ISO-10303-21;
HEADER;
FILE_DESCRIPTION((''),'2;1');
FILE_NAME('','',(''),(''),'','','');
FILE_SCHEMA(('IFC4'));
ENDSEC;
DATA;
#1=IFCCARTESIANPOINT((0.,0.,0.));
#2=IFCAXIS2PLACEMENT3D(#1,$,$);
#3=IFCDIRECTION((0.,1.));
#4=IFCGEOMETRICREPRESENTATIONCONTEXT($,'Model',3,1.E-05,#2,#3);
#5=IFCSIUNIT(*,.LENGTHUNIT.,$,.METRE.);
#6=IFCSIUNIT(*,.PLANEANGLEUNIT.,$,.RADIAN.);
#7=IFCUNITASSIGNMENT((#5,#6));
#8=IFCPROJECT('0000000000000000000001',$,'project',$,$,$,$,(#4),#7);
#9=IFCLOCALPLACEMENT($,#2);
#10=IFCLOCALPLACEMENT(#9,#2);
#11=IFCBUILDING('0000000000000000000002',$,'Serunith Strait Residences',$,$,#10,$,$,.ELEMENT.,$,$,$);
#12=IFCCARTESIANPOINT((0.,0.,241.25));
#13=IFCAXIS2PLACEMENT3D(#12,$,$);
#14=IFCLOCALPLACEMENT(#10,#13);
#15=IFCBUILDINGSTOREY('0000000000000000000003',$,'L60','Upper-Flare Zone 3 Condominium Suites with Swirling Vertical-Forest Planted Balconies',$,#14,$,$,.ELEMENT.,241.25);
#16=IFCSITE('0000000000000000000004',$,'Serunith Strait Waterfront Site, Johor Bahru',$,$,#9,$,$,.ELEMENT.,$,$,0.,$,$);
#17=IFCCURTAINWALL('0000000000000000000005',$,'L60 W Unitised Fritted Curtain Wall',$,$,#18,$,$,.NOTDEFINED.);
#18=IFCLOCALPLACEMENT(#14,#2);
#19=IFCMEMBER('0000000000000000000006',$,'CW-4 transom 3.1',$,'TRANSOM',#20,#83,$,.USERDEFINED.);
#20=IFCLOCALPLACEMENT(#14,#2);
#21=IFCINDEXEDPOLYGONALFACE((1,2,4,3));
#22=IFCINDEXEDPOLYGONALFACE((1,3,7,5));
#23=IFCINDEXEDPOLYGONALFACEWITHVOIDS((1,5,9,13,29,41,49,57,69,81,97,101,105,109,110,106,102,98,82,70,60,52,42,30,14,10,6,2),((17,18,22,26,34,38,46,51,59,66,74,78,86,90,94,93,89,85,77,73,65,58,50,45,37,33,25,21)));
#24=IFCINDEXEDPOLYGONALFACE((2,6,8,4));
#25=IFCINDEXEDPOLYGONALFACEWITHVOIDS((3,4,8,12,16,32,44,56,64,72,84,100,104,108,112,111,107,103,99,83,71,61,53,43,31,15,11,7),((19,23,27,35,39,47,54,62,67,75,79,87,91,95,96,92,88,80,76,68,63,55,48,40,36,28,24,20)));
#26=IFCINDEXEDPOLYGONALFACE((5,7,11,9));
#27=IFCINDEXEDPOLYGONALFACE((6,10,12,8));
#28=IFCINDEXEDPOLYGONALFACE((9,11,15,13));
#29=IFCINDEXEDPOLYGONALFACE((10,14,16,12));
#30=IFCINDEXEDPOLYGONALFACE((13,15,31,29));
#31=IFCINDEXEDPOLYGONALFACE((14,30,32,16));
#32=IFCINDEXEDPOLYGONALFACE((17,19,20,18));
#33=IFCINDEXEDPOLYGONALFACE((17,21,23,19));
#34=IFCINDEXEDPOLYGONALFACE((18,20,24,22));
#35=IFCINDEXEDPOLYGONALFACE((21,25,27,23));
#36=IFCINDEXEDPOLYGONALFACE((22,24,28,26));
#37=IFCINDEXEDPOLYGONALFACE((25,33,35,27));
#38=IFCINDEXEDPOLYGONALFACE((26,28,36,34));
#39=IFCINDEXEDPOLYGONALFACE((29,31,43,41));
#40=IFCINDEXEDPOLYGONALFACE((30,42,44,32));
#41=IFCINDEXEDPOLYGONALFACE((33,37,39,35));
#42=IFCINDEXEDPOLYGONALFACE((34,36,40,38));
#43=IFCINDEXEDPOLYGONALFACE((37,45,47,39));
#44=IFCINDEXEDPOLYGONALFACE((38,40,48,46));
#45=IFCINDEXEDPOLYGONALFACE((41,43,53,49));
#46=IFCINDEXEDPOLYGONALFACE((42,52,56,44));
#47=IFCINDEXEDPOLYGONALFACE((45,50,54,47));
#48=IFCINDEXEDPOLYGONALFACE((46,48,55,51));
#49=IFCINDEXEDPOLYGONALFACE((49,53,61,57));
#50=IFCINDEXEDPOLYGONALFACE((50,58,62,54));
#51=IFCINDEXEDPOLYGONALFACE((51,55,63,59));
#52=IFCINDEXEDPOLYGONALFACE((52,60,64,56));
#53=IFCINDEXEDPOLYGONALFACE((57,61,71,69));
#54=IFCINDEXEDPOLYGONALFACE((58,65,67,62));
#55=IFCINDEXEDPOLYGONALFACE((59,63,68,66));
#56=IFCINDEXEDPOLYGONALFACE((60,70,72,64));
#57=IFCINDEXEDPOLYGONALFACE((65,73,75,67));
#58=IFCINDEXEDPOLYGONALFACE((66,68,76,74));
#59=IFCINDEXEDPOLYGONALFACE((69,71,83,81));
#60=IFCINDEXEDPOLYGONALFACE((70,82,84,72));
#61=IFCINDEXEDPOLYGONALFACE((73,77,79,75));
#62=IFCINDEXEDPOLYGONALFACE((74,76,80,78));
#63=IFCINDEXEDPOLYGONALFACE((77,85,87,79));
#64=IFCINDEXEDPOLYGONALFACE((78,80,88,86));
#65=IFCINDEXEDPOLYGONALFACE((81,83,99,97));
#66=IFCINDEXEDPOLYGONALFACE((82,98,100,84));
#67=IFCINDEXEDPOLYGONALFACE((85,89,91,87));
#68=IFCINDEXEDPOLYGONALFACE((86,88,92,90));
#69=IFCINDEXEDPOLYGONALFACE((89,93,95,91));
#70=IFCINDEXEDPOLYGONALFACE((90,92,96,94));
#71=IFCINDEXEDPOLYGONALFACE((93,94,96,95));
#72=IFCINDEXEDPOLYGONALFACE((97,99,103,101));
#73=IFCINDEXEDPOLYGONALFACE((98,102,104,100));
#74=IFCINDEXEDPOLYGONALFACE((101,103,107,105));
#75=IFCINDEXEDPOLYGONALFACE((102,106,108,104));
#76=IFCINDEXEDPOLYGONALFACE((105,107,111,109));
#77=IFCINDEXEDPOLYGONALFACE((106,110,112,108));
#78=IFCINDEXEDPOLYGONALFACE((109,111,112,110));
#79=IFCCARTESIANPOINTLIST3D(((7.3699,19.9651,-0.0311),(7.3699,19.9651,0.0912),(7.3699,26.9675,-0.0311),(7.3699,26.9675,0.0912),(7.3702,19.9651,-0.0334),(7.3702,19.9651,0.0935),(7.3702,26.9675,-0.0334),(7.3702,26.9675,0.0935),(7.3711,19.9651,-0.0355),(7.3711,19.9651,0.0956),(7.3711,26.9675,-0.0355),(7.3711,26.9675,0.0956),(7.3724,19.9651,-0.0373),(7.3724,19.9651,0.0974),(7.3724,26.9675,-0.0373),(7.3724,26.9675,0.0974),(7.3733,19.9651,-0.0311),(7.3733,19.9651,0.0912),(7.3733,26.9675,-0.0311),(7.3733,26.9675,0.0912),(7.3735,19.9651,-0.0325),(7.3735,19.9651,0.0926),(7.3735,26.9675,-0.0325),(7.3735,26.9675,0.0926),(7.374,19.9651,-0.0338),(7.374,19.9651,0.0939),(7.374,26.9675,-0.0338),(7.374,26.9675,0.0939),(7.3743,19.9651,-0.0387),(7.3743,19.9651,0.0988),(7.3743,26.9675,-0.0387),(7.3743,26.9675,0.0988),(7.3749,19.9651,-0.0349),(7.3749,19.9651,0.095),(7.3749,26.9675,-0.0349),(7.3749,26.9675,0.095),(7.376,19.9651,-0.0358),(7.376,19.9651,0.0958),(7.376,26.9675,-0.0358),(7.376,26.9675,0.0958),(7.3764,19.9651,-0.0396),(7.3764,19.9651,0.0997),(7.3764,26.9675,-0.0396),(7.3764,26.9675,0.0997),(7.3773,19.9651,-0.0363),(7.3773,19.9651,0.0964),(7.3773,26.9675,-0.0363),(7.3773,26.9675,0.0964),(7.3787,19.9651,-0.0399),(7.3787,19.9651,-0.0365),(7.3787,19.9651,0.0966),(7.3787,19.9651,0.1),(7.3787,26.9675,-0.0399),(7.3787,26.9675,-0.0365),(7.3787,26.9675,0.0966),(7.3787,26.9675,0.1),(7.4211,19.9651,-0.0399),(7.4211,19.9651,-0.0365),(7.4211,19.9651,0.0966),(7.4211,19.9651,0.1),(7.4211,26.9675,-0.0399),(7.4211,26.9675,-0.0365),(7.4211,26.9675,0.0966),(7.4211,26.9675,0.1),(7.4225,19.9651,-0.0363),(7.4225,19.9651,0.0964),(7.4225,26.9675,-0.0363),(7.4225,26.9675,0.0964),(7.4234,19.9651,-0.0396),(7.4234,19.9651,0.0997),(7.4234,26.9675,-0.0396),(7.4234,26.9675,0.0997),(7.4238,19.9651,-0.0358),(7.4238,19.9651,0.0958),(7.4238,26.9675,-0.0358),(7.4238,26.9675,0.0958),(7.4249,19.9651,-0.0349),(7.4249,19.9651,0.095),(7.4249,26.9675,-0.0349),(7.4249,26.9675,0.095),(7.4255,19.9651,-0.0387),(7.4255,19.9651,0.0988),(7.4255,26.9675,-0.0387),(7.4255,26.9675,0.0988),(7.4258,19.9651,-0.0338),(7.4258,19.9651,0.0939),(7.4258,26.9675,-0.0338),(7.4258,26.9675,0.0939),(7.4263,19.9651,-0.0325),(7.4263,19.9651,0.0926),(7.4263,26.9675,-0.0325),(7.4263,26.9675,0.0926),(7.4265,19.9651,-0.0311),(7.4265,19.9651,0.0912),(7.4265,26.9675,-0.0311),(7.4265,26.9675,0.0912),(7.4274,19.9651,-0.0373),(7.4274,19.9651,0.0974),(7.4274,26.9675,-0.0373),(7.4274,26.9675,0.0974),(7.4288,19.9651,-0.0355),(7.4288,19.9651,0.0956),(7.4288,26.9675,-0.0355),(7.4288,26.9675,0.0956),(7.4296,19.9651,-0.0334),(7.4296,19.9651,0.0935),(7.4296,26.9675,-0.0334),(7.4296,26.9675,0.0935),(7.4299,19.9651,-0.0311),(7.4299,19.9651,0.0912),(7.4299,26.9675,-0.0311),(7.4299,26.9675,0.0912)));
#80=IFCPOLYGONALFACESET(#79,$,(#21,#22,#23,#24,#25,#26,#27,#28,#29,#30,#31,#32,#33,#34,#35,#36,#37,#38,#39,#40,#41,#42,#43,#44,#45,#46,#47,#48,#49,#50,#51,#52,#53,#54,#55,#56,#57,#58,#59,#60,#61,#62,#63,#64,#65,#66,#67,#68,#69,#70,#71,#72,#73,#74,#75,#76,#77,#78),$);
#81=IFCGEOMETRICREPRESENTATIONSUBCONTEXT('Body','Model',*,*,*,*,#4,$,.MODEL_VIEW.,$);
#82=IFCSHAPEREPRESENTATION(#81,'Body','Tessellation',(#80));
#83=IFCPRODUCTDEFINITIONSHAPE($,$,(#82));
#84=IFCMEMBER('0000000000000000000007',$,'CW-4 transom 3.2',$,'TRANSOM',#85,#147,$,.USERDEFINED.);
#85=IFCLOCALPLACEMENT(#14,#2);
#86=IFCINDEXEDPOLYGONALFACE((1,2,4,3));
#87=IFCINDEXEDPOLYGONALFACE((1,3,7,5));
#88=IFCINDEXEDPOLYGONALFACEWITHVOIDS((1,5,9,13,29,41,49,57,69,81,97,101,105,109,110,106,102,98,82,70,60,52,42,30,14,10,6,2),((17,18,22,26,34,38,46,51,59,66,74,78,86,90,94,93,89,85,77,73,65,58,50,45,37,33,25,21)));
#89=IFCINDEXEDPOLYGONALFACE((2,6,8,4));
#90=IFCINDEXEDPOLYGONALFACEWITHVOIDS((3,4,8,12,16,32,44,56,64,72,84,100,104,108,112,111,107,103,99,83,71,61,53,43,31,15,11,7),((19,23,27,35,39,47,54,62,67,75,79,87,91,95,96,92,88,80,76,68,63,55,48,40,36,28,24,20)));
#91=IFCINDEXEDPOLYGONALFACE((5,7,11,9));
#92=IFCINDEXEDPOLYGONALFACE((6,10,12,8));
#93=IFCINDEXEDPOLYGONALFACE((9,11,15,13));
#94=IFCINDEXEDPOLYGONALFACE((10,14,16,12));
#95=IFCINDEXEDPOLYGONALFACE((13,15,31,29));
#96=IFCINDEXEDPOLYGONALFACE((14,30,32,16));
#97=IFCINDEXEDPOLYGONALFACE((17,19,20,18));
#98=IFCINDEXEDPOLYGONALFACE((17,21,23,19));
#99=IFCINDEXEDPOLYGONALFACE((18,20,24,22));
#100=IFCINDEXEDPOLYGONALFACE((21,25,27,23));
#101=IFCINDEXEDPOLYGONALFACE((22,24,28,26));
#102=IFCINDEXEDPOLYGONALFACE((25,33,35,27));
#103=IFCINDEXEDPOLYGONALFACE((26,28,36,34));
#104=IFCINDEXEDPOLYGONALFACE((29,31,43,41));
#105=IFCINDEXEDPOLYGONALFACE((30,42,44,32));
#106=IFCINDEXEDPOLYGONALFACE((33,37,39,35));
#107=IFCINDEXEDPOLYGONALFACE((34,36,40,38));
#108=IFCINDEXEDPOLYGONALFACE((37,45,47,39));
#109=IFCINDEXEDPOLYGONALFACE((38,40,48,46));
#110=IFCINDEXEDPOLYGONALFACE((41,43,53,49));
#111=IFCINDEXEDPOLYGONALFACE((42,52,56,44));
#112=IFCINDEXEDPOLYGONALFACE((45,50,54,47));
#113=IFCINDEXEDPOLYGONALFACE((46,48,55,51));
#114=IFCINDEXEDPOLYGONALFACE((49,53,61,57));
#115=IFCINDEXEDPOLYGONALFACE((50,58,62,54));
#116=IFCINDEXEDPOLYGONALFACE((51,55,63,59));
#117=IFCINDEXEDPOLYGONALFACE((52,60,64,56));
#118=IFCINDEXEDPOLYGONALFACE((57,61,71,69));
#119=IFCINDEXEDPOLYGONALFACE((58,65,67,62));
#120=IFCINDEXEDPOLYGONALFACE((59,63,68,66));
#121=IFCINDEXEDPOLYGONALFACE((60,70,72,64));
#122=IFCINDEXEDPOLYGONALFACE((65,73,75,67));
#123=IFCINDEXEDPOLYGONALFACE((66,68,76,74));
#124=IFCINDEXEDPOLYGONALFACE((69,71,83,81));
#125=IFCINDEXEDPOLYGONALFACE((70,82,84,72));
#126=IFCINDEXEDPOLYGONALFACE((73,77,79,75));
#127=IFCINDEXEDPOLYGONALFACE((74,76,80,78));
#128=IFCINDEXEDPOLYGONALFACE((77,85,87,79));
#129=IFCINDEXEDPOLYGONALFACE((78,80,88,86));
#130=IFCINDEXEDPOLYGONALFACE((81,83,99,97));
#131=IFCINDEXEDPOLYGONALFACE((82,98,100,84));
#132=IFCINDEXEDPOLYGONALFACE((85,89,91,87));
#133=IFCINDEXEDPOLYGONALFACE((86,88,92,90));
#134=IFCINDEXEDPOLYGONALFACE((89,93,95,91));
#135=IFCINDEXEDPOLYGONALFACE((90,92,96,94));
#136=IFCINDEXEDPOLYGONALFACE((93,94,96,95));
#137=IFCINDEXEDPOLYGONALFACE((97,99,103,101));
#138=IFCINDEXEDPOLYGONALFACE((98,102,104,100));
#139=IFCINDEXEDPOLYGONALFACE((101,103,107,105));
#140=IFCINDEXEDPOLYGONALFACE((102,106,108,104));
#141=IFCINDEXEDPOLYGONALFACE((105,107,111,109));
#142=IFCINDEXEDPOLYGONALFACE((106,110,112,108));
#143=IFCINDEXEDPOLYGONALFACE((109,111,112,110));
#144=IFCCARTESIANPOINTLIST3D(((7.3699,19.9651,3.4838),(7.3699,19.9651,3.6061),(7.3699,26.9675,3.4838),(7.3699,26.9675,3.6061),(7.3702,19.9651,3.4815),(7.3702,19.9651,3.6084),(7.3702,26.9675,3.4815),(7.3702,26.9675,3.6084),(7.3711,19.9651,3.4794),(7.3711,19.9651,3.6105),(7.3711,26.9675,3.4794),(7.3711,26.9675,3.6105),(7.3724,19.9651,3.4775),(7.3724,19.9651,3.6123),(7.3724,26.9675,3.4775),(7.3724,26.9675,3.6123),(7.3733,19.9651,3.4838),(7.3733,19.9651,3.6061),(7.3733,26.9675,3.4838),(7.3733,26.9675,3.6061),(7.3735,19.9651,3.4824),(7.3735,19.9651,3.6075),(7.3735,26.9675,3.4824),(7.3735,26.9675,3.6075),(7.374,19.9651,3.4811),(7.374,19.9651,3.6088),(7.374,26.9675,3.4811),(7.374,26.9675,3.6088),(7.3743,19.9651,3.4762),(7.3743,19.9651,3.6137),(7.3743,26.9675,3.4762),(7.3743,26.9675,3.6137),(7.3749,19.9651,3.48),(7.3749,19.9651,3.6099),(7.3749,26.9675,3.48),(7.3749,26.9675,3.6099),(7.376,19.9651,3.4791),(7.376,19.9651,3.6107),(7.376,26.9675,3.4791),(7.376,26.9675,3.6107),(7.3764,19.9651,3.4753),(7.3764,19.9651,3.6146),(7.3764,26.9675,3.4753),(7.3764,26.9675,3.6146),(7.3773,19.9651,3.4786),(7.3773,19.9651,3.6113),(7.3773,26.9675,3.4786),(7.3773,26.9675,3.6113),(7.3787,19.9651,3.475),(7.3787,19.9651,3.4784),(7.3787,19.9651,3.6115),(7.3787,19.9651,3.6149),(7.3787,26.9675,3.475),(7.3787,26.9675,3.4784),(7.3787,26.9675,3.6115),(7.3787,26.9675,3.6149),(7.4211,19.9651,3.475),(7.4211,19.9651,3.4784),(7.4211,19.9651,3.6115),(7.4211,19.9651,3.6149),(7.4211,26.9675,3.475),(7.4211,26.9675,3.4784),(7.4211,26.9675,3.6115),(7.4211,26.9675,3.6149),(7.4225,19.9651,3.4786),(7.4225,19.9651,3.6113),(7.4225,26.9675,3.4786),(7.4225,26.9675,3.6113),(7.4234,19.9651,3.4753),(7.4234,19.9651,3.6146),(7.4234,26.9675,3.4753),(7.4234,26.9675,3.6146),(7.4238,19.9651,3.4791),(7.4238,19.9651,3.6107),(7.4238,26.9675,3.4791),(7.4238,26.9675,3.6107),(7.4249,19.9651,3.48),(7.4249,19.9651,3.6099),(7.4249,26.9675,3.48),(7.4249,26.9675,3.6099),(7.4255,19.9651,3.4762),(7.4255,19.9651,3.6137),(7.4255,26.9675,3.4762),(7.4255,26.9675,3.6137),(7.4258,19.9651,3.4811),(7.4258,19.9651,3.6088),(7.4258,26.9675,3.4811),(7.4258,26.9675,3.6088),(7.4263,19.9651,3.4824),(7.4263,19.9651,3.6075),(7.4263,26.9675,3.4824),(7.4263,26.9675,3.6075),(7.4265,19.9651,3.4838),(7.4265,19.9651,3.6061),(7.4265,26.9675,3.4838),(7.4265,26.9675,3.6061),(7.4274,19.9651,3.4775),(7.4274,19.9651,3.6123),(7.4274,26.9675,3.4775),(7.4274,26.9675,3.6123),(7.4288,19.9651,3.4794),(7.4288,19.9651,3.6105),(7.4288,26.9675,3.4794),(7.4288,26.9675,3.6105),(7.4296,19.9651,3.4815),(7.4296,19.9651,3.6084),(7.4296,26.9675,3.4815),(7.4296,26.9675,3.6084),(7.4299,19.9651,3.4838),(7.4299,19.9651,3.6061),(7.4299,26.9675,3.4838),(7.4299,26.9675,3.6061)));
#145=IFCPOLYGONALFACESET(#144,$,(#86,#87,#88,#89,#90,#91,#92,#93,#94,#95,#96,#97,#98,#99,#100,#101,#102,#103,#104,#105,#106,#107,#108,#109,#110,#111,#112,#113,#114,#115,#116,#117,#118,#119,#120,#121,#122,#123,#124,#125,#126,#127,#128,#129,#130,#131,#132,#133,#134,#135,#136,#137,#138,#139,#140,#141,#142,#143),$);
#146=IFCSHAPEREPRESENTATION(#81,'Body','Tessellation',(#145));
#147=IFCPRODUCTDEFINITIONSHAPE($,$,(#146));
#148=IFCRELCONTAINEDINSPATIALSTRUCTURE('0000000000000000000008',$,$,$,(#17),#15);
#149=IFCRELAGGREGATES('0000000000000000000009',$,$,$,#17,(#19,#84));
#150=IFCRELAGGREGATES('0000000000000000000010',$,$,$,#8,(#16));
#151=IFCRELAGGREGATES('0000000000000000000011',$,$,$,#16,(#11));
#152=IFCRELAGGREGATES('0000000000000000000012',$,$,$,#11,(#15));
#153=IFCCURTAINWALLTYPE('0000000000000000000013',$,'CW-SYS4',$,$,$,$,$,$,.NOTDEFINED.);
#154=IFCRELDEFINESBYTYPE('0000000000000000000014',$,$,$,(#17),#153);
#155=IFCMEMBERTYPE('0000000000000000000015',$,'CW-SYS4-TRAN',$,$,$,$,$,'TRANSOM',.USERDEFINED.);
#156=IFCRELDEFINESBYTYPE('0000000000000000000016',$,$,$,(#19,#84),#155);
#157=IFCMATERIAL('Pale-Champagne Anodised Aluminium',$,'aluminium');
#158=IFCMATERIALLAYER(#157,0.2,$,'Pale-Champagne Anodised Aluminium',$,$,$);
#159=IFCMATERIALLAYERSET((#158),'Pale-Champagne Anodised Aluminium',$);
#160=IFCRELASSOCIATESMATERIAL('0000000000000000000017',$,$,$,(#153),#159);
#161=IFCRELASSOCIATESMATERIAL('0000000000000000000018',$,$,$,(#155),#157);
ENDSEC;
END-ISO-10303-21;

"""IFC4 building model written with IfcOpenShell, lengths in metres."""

from ifc_helpers import new_model, si_unit, direction, frame, origin, origin_2d, place, context, subcontext, project, spatial, hollow_rectangle, extrude, source, transform, mapped, material, layer, layer_set, material_profile, profile_set, type_object, element, aggregate, save


model = new_model("IFC4")

# Units and contexts
model_context = context("Model", 3, precision=1e-05, world=origin(), true_north=direction((0.0, 1.0)))
body_context = subcontext(model_context, "Body", "Model", "MODEL_VIEW")
ifc_project = project(units=[si_unit("LENGTHUNIT", "METRE"), si_unit("PLANEANGLEUNIT", "RADIAN")], contexts=[model_context])

# Site, building, storey
site_placement = place(None, origin())
site = spatial("IfcSite", under=ifc_project, at=site_placement, Name="Serunith Strait Waterfront Site, Johor Bahru", CompositionType="ELEMENT", RefElevation=0.0)
building_placement = place(site_placement, origin())
building = spatial("IfcBuilding", under=site, at=building_placement, Name="Serunith Strait Residences", CompositionType="ELEMENT")
storey_placement = place(building_placement, frame((0.0, 0.0, 241.25)))
storey = spatial("IfcBuildingStorey", under=building, at=storey_placement, Name="L60", Description="Upper-Flare Zone 3 Condominium Suites with Swirling Vertical-Forest Planted Balconies", CompositionType="ELEMENT", Elevation=241.25)

# Curtain wall, members
ifc_material_1 = material(Name="Pale-Champagne Anodised Aluminium", Category="aluminium")
ifc_layer_1 = layer(ifc_material_1, 0.2, Name="Pale-Champagne Anodised Aluminium")
ifc_layer_set_1 = layer_set([ifc_layer_1], Name="Pale-Champagne Anodised Aluminium")
curtain_wall_type = type_object("IfcCurtainWallType", Name="CW-SYS4", PredefinedType="NOTDEFINED", material=ifc_layer_set_1)
curtain_wall_placement = place(storey_placement, origin())
curtain_wall = element("IfcCurtainWall", 1, at=curtain_wall_placement, inside=storey, type_object=curtain_wall_type, Name="L60 W Unitised Fritted Curtain Wall", PredefinedType="NOTDEFINED")
ifc_material_profile_1 = material_profile(ifc_material_1, hollow_rectangle(XDim=0.0601, YDim=0.1399, WallThickness=0.0034, InnerFilletRadius=0.0054, OuterFilletRadius=0.0088, at=origin_2d()), Name="ALU 140x60x3.5")
ifc_profile_set_1 = profile_set([ifc_material_profile_1], Name="Pale-Champagne Anodised Aluminium")
member_type_1 = type_object("IfcMemberType", Name="CW-SYS4-TRAN", ElementType="TRANSOM", PredefinedType="USERDEFINED", material=ifc_profile_set_1)
shared_shape_1 = source(origin(), body_context, "Body", "SweptSolid", [
    extrude(hollow_rectangle(XDim=0.0601, YDim=0.1399, WallThickness=0.0034, InnerFilletRadius=0.0054, OuterFilletRadius=0.0088, at=origin_2d()), origin(), (0.0, 0.0, 1.0), 7.0024),
])
member_1_placement = place(storey_placement, frame((7.3999, 26.9675, 0.03), z_axis=(0.0, -1.0, 0.0), x_axis=(1.0, 0.0, 0.0)))
member_1 = element("IfcMember", 2, at=member_1_placement, type_object=member_type_1, Name="CW-4 transom 3.1", ObjectType="TRANSOM", PredefinedType="USERDEFINED", context=body_context, shape_type="MappedRepresentation", body=[
    mapped(shared_shape_1, transform((0.0, 0.0, 0.0), scale=1.0)),
])
member_2_placement = place(storey_placement, frame((7.3999, 26.9675, 3.5449), z_axis=(0.0, -1.0, 0.0), x_axis=(1.0, 0.0, 0.0)))
member_2 = element("IfcMember", 3, at=member_2_placement, type_object=member_type_1, Name="CW-4 transom 3.2", ObjectType="TRANSOM", PredefinedType="USERDEFINED", context=body_context, shape_type="MappedRepresentation", body=[
    mapped(shared_shape_1, transform((0.0, 0.0, 0.0), scale=1.0)),
])
aggregate(curtain_wall, [member_1, member_2])

save(model, "model.ifc")
